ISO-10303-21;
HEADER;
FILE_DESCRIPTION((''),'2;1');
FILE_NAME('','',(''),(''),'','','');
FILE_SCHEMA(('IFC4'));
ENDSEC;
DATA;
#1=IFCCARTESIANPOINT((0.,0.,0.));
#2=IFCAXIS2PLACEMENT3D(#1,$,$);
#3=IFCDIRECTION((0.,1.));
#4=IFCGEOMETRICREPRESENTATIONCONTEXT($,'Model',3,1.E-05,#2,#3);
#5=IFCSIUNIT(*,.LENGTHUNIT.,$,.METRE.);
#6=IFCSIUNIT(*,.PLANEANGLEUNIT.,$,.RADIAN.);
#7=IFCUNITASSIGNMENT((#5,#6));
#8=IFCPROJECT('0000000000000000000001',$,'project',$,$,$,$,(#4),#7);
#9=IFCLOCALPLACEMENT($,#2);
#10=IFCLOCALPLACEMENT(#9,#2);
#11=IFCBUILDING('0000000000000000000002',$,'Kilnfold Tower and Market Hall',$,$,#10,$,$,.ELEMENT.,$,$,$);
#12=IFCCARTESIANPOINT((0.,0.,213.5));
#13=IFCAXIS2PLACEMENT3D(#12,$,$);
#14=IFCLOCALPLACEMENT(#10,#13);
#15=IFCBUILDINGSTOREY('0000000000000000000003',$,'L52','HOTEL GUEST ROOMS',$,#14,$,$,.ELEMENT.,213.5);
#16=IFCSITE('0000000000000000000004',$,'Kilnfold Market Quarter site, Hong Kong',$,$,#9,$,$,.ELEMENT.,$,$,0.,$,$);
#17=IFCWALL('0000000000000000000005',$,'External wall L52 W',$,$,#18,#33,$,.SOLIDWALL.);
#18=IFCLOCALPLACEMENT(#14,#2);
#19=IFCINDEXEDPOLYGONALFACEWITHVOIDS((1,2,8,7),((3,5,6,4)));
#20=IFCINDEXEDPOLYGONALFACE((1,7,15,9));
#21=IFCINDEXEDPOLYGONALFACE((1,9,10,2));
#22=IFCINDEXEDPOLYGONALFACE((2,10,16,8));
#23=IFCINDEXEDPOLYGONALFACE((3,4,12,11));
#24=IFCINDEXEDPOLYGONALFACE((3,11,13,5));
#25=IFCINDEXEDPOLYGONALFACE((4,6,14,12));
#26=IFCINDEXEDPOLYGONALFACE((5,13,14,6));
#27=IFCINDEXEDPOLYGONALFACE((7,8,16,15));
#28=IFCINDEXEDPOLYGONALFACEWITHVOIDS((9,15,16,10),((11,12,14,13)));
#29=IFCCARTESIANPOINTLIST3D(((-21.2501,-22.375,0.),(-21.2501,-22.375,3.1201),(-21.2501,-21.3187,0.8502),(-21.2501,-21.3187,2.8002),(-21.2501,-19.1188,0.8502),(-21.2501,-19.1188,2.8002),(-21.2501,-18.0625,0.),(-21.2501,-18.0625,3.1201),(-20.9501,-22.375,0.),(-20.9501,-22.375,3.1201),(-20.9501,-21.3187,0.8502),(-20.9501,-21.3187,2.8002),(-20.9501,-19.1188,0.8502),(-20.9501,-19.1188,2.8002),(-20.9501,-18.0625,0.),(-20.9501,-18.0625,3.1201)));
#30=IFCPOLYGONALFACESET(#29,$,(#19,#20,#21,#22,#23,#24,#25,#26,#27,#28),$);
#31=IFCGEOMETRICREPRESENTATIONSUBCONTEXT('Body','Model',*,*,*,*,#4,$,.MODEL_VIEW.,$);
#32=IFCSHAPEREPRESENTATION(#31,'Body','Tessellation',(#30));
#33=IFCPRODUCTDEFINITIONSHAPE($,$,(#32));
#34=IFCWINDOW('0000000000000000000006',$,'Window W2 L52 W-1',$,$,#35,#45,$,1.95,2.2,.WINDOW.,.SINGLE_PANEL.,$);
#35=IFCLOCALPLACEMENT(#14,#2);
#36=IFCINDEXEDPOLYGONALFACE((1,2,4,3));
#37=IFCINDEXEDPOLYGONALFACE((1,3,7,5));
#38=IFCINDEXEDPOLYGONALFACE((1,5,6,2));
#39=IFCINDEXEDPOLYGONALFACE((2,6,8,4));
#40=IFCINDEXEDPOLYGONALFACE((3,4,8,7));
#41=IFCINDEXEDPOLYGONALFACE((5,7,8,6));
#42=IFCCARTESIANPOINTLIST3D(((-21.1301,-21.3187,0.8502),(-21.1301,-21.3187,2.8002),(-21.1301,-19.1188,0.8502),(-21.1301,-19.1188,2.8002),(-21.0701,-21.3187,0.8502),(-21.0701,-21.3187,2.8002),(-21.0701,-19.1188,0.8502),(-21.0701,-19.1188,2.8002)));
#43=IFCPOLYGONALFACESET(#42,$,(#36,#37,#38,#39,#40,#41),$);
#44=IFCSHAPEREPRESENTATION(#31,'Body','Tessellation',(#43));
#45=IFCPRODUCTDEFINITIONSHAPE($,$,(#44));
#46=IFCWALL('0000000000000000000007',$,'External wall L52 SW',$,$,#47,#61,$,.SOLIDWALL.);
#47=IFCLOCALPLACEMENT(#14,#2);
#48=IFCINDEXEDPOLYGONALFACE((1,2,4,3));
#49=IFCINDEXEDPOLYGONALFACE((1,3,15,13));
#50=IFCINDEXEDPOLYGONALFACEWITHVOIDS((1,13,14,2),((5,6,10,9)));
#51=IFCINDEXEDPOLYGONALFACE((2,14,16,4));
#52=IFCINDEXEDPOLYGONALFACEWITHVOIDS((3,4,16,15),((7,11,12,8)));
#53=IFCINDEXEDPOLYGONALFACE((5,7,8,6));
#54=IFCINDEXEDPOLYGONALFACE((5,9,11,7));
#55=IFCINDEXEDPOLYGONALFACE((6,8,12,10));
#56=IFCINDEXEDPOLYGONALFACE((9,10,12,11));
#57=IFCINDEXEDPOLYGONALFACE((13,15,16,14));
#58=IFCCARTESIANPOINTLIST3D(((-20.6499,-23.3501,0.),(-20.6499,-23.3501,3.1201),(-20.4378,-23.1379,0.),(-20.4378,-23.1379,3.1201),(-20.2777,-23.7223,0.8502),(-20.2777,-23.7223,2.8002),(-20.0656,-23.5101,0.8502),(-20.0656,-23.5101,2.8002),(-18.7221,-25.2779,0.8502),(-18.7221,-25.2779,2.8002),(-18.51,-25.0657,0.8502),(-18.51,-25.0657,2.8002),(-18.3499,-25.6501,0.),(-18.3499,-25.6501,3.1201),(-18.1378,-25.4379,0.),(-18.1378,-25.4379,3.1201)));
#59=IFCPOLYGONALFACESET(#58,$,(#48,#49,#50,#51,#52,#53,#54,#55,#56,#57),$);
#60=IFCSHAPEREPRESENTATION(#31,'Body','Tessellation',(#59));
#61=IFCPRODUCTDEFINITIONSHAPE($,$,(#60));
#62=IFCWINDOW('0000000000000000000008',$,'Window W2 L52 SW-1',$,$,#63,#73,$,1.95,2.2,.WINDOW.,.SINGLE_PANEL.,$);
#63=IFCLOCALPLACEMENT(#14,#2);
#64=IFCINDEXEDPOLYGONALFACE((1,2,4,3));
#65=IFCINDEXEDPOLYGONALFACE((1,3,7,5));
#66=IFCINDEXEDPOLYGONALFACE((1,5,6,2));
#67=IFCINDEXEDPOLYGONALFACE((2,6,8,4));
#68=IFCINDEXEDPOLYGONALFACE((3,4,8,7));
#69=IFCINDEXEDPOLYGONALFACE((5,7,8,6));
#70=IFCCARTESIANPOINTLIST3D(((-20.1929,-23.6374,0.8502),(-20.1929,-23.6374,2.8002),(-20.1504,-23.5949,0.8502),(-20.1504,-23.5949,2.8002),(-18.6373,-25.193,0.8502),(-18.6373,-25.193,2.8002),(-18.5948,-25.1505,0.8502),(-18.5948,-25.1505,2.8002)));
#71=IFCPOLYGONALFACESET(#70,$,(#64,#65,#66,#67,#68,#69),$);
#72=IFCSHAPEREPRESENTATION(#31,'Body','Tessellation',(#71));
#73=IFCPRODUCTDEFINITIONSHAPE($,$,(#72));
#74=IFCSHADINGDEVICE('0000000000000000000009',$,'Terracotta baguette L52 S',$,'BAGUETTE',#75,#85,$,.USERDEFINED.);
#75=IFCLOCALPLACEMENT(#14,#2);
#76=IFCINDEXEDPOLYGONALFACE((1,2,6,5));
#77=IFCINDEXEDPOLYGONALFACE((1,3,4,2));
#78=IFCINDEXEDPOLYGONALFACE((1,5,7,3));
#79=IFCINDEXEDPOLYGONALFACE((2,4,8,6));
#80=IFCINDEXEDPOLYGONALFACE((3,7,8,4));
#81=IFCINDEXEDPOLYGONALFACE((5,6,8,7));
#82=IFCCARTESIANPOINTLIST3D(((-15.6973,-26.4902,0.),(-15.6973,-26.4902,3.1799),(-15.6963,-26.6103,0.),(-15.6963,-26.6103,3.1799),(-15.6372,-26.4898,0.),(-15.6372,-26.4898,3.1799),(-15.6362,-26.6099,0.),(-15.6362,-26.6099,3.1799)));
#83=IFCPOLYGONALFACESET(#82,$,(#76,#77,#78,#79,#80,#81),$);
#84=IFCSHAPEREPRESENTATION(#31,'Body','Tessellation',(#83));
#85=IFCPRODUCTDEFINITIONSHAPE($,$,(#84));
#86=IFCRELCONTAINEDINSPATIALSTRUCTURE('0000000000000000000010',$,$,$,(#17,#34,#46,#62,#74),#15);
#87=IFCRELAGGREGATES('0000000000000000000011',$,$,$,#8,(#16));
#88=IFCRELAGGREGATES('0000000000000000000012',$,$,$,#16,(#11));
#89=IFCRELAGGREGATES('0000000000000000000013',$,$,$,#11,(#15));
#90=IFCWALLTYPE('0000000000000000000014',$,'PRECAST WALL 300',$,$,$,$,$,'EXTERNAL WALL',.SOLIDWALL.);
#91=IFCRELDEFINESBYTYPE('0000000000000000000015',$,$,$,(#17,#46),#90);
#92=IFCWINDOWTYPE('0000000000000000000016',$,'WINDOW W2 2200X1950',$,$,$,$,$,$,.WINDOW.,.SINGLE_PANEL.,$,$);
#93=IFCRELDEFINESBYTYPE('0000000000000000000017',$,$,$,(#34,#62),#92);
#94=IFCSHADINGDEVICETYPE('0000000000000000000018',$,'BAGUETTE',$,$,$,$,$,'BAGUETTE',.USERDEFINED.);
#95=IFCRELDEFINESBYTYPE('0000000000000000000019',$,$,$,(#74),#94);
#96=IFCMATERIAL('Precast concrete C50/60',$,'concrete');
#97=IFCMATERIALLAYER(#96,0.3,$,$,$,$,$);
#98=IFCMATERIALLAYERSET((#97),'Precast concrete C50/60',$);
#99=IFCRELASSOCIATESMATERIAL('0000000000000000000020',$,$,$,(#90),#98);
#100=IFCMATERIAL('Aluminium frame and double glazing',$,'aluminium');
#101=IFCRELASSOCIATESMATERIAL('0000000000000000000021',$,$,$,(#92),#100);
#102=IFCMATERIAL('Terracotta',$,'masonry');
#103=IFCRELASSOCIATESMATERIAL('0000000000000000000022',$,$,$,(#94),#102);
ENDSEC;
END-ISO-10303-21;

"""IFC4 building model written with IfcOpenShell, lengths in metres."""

from ifc_helpers import new_model, si_unit, direction, frame, frame_2d, origin, origin_2d, place, context, subcontext, project, spatial, rectangle, extrude, source, transform, mapped, material, layer, layer_set, material_profile, profile_set, type_object, element, fill, save


model = new_model("IFC4")

# Units and contexts
model_context = context("Model", 3, precision=1e-05, world=origin(), true_north=direction((0.0, 1.0)))
body_context = subcontext(model_context, "Body", "Model", "MODEL_VIEW")
ifc_project = project(units=[si_unit("LENGTHUNIT", "METRE"), si_unit("PLANEANGLEUNIT", "RADIAN")], contexts=[model_context])

# Site, building, storey
site_placement = place(None, origin())
site = spatial("IfcSite", under=ifc_project, at=site_placement, Name="Kilnfold Market Quarter site, Hong Kong", CompositionType="ELEMENT", RefElevation=0.0)
building_placement = place(site_placement, origin())
building = spatial("IfcBuilding", under=site, at=building_placement, Name="Kilnfold Tower and Market Hall", CompositionType="ELEMENT")
storey_placement = place(building_placement, frame((0.0, 0.0, 213.5)))
storey = spatial("IfcBuildingStorey", under=building, at=storey_placement, Name="L52", Description="HOTEL GUEST ROOMS", CompositionType="ELEMENT", Elevation=213.5)

# Shared definitions
ifc_material_1 = material(Name="Precast concrete C50/60", Category="concrete")
ifc_layer_1 = layer(ifc_material_1, 0.3)
ifc_layer_set_1 = layer_set([ifc_layer_1], Name="Precast concrete C50/60")
wall_type_1 = type_object("IfcWallType", Name="PRECAST WALL 300", ElementType="EXTERNAL WALL", PredefinedType="SOLIDWALL", material=ifc_layer_set_1)

# Walls, openings, windows
shared_shape_1 = source(origin(), body_context, "Body", "SweptSolid", [
    extrude(rectangle(XDim=4.3125, YDim=0.3, at=frame_2d((2.1562, 0.0))), origin(), (0.0, 0.0, 1.0), 3.1201),
])
wall_1_placement = place(storey_placement, frame((-21.1001, -18.0625, 0.0), z_axis=(0.0, 0.0, 1.0), x_axis=(0.0, -1.0, 0.0)))
wall_1 = element("IfcWall", 1, at=wall_1_placement, inside=storey, type_object=wall_type_1, Name="External wall L52 W", PredefinedType="SOLIDWALL", context=body_context, shape_type="MappedRepresentation", body=[
    mapped(shared_shape_1, transform((0.0, 0.0, 0.0))),
])
opening_1_placement = place(wall_1_placement, frame((1.0562, 0.0, 0.8501)))
opening_1 = element("IfcOpeningElement", 2, at=opening_1_placement, cuts=wall_1, PredefinedType="OPENING", context=body_context, shape_type="SweptSolid", body=[
    extrude(rectangle(XDim=2.2, YDim=1.95, at=frame_2d((1.1001, 0.9751))), frame((0.0, 0.1602, 0.0), z_axis=(0.0, -1.0, 0.0), x_axis=(1.0, 0.0, 0.0)), (0.0, 0.0, 1.0), 0.3201),
])
ifc_material_2 = material(Name="Aluminium frame and double glazing", Category="aluminium")
window_type_1 = type_object("IfcWindowType", Name="WINDOW W2 2200X1950", PartitioningType="SINGLE_PANEL", PredefinedType="WINDOW", material=ifc_material_2)
window_1_placement = place(opening_1_placement, origin())
window_1 = element("IfcWindow", 3, at=window_1_placement, inside=storey, type_object=window_type_1, Name="Window W2 L52 W-1", OverallHeight=1.95, OverallWidth=2.2, PartitioningType="SINGLE_PANEL", PredefinedType="WINDOW", context=body_context, shape_type="SweptSolid", body=[
    extrude(rectangle(XDim=2.2, YDim=1.95, at=frame_2d((1.1001, 0.9751))), frame((0.0, 0.03, 0.0), z_axis=(0.0, -1.0, 0.0), x_axis=(1.0, 0.0, 0.0)), (0.0, 0.0, 1.0), 0.0601),
])
fill(opening_1, window_1)
shared_shape_2 = source(origin(), body_context, "Body", "SweptSolid", [
    extrude(rectangle(XDim=3.2527, YDim=0.3, at=frame_2d((1.6265, 0.0))), origin(), (0.0, 0.0, 1.0), 3.1201),
])
wall_2_placement = place(storey_placement, frame((-20.5439, -23.2439, 0.0), z_axis=(0.0, 0.0, 1.0), x_axis=(0.707107, -0.707107, 0.0)))
wall_2 = element("IfcWall", 4, at=wall_2_placement, inside=storey, type_object=wall_type_1, Name="External wall L52 SW", PredefinedType="SOLIDWALL", context=body_context, shape_type="MappedRepresentation", body=[
    mapped(shared_shape_2, transform((0.0, 0.0, 0.0))),
])
opening_2_placement = place(wall_2_placement, frame((0.5264, 0.0, 0.8501)))
opening_2 = element("IfcOpeningElement", 5, at=opening_2_placement, cuts=wall_2, PredefinedType="OPENING", context=body_context, shape_type="SweptSolid", body=[
    extrude(rectangle(XDim=2.2, YDim=1.95, at=frame_2d((1.1001, 0.9751))), frame((0.0, 0.1602, 0.0), z_axis=(0.0, -1.0, 0.0), x_axis=(1.0, 0.0, 0.0)), (0.0, 0.0, 1.0), 0.3201),
])
window_2_placement = place(opening_2_placement, origin())
window_2 = element("IfcWindow", 6, at=window_2_placement, inside=storey, type_object=window_type_1, Name="Window W2 L52 SW-1", OverallHeight=1.95, OverallWidth=2.2, PartitioningType="SINGLE_PANEL", PredefinedType="WINDOW", context=body_context, shape_type="SweptSolid", body=[
    extrude(rectangle(XDim=2.2, YDim=1.95, at=frame_2d((1.1001, 0.9751))), frame((0.0, 0.03, 0.0), z_axis=(0.0, -1.0, 0.0), x_axis=(1.0, 0.0, 0.0)), (0.0, 0.0, 1.0), 0.0601),
])
fill(opening_2, window_2)

# Shading device
ifc_material_3 = material(Name="Terracotta", Category="masonry")
ifc_material_profile_1 = material_profile(ifc_material_3, rectangle(XDim=0.0601, YDim=0.1201, at=origin_2d()), Name="BAG 60x120")
ifc_profile_set_1 = profile_set([ifc_material_profile_1], Name="Terracotta")
shading_device_type = type_object("IfcShadingDeviceType", Name="BAGUETTE", ElementType="BAGUETTE", PredefinedType="USERDEFINED", material=ifc_profile_set_1)
shared_shape_3 = source(origin(), body_context, "Body", "SweptSolid", [
    extrude(rectangle(XDim=0.0601, YDim=0.1201, at=origin_2d()), origin(), (0.0, 0.0, 1.0), 3.1799),
])
shading_device_placement = place(storey_placement, frame((-15.6667, -26.55, 0.0), z_axis=(0.0, 0.0, 1.0), x_axis=(0.999968, 0.008056, 0.0)))
element("IfcShadingDevice", 7, at=shading_device_placement, inside=storey, type_object=shading_device_type, Name="Terracotta baguette L52 S", ObjectType="BAGUETTE", PredefinedType="USERDEFINED", context=body_context, shape_type="MappedRepresentation", body=[
    mapped(shared_shape_3, transform((0.0, 0.0, 0.0))),
])

save(model, "model.ifc")
